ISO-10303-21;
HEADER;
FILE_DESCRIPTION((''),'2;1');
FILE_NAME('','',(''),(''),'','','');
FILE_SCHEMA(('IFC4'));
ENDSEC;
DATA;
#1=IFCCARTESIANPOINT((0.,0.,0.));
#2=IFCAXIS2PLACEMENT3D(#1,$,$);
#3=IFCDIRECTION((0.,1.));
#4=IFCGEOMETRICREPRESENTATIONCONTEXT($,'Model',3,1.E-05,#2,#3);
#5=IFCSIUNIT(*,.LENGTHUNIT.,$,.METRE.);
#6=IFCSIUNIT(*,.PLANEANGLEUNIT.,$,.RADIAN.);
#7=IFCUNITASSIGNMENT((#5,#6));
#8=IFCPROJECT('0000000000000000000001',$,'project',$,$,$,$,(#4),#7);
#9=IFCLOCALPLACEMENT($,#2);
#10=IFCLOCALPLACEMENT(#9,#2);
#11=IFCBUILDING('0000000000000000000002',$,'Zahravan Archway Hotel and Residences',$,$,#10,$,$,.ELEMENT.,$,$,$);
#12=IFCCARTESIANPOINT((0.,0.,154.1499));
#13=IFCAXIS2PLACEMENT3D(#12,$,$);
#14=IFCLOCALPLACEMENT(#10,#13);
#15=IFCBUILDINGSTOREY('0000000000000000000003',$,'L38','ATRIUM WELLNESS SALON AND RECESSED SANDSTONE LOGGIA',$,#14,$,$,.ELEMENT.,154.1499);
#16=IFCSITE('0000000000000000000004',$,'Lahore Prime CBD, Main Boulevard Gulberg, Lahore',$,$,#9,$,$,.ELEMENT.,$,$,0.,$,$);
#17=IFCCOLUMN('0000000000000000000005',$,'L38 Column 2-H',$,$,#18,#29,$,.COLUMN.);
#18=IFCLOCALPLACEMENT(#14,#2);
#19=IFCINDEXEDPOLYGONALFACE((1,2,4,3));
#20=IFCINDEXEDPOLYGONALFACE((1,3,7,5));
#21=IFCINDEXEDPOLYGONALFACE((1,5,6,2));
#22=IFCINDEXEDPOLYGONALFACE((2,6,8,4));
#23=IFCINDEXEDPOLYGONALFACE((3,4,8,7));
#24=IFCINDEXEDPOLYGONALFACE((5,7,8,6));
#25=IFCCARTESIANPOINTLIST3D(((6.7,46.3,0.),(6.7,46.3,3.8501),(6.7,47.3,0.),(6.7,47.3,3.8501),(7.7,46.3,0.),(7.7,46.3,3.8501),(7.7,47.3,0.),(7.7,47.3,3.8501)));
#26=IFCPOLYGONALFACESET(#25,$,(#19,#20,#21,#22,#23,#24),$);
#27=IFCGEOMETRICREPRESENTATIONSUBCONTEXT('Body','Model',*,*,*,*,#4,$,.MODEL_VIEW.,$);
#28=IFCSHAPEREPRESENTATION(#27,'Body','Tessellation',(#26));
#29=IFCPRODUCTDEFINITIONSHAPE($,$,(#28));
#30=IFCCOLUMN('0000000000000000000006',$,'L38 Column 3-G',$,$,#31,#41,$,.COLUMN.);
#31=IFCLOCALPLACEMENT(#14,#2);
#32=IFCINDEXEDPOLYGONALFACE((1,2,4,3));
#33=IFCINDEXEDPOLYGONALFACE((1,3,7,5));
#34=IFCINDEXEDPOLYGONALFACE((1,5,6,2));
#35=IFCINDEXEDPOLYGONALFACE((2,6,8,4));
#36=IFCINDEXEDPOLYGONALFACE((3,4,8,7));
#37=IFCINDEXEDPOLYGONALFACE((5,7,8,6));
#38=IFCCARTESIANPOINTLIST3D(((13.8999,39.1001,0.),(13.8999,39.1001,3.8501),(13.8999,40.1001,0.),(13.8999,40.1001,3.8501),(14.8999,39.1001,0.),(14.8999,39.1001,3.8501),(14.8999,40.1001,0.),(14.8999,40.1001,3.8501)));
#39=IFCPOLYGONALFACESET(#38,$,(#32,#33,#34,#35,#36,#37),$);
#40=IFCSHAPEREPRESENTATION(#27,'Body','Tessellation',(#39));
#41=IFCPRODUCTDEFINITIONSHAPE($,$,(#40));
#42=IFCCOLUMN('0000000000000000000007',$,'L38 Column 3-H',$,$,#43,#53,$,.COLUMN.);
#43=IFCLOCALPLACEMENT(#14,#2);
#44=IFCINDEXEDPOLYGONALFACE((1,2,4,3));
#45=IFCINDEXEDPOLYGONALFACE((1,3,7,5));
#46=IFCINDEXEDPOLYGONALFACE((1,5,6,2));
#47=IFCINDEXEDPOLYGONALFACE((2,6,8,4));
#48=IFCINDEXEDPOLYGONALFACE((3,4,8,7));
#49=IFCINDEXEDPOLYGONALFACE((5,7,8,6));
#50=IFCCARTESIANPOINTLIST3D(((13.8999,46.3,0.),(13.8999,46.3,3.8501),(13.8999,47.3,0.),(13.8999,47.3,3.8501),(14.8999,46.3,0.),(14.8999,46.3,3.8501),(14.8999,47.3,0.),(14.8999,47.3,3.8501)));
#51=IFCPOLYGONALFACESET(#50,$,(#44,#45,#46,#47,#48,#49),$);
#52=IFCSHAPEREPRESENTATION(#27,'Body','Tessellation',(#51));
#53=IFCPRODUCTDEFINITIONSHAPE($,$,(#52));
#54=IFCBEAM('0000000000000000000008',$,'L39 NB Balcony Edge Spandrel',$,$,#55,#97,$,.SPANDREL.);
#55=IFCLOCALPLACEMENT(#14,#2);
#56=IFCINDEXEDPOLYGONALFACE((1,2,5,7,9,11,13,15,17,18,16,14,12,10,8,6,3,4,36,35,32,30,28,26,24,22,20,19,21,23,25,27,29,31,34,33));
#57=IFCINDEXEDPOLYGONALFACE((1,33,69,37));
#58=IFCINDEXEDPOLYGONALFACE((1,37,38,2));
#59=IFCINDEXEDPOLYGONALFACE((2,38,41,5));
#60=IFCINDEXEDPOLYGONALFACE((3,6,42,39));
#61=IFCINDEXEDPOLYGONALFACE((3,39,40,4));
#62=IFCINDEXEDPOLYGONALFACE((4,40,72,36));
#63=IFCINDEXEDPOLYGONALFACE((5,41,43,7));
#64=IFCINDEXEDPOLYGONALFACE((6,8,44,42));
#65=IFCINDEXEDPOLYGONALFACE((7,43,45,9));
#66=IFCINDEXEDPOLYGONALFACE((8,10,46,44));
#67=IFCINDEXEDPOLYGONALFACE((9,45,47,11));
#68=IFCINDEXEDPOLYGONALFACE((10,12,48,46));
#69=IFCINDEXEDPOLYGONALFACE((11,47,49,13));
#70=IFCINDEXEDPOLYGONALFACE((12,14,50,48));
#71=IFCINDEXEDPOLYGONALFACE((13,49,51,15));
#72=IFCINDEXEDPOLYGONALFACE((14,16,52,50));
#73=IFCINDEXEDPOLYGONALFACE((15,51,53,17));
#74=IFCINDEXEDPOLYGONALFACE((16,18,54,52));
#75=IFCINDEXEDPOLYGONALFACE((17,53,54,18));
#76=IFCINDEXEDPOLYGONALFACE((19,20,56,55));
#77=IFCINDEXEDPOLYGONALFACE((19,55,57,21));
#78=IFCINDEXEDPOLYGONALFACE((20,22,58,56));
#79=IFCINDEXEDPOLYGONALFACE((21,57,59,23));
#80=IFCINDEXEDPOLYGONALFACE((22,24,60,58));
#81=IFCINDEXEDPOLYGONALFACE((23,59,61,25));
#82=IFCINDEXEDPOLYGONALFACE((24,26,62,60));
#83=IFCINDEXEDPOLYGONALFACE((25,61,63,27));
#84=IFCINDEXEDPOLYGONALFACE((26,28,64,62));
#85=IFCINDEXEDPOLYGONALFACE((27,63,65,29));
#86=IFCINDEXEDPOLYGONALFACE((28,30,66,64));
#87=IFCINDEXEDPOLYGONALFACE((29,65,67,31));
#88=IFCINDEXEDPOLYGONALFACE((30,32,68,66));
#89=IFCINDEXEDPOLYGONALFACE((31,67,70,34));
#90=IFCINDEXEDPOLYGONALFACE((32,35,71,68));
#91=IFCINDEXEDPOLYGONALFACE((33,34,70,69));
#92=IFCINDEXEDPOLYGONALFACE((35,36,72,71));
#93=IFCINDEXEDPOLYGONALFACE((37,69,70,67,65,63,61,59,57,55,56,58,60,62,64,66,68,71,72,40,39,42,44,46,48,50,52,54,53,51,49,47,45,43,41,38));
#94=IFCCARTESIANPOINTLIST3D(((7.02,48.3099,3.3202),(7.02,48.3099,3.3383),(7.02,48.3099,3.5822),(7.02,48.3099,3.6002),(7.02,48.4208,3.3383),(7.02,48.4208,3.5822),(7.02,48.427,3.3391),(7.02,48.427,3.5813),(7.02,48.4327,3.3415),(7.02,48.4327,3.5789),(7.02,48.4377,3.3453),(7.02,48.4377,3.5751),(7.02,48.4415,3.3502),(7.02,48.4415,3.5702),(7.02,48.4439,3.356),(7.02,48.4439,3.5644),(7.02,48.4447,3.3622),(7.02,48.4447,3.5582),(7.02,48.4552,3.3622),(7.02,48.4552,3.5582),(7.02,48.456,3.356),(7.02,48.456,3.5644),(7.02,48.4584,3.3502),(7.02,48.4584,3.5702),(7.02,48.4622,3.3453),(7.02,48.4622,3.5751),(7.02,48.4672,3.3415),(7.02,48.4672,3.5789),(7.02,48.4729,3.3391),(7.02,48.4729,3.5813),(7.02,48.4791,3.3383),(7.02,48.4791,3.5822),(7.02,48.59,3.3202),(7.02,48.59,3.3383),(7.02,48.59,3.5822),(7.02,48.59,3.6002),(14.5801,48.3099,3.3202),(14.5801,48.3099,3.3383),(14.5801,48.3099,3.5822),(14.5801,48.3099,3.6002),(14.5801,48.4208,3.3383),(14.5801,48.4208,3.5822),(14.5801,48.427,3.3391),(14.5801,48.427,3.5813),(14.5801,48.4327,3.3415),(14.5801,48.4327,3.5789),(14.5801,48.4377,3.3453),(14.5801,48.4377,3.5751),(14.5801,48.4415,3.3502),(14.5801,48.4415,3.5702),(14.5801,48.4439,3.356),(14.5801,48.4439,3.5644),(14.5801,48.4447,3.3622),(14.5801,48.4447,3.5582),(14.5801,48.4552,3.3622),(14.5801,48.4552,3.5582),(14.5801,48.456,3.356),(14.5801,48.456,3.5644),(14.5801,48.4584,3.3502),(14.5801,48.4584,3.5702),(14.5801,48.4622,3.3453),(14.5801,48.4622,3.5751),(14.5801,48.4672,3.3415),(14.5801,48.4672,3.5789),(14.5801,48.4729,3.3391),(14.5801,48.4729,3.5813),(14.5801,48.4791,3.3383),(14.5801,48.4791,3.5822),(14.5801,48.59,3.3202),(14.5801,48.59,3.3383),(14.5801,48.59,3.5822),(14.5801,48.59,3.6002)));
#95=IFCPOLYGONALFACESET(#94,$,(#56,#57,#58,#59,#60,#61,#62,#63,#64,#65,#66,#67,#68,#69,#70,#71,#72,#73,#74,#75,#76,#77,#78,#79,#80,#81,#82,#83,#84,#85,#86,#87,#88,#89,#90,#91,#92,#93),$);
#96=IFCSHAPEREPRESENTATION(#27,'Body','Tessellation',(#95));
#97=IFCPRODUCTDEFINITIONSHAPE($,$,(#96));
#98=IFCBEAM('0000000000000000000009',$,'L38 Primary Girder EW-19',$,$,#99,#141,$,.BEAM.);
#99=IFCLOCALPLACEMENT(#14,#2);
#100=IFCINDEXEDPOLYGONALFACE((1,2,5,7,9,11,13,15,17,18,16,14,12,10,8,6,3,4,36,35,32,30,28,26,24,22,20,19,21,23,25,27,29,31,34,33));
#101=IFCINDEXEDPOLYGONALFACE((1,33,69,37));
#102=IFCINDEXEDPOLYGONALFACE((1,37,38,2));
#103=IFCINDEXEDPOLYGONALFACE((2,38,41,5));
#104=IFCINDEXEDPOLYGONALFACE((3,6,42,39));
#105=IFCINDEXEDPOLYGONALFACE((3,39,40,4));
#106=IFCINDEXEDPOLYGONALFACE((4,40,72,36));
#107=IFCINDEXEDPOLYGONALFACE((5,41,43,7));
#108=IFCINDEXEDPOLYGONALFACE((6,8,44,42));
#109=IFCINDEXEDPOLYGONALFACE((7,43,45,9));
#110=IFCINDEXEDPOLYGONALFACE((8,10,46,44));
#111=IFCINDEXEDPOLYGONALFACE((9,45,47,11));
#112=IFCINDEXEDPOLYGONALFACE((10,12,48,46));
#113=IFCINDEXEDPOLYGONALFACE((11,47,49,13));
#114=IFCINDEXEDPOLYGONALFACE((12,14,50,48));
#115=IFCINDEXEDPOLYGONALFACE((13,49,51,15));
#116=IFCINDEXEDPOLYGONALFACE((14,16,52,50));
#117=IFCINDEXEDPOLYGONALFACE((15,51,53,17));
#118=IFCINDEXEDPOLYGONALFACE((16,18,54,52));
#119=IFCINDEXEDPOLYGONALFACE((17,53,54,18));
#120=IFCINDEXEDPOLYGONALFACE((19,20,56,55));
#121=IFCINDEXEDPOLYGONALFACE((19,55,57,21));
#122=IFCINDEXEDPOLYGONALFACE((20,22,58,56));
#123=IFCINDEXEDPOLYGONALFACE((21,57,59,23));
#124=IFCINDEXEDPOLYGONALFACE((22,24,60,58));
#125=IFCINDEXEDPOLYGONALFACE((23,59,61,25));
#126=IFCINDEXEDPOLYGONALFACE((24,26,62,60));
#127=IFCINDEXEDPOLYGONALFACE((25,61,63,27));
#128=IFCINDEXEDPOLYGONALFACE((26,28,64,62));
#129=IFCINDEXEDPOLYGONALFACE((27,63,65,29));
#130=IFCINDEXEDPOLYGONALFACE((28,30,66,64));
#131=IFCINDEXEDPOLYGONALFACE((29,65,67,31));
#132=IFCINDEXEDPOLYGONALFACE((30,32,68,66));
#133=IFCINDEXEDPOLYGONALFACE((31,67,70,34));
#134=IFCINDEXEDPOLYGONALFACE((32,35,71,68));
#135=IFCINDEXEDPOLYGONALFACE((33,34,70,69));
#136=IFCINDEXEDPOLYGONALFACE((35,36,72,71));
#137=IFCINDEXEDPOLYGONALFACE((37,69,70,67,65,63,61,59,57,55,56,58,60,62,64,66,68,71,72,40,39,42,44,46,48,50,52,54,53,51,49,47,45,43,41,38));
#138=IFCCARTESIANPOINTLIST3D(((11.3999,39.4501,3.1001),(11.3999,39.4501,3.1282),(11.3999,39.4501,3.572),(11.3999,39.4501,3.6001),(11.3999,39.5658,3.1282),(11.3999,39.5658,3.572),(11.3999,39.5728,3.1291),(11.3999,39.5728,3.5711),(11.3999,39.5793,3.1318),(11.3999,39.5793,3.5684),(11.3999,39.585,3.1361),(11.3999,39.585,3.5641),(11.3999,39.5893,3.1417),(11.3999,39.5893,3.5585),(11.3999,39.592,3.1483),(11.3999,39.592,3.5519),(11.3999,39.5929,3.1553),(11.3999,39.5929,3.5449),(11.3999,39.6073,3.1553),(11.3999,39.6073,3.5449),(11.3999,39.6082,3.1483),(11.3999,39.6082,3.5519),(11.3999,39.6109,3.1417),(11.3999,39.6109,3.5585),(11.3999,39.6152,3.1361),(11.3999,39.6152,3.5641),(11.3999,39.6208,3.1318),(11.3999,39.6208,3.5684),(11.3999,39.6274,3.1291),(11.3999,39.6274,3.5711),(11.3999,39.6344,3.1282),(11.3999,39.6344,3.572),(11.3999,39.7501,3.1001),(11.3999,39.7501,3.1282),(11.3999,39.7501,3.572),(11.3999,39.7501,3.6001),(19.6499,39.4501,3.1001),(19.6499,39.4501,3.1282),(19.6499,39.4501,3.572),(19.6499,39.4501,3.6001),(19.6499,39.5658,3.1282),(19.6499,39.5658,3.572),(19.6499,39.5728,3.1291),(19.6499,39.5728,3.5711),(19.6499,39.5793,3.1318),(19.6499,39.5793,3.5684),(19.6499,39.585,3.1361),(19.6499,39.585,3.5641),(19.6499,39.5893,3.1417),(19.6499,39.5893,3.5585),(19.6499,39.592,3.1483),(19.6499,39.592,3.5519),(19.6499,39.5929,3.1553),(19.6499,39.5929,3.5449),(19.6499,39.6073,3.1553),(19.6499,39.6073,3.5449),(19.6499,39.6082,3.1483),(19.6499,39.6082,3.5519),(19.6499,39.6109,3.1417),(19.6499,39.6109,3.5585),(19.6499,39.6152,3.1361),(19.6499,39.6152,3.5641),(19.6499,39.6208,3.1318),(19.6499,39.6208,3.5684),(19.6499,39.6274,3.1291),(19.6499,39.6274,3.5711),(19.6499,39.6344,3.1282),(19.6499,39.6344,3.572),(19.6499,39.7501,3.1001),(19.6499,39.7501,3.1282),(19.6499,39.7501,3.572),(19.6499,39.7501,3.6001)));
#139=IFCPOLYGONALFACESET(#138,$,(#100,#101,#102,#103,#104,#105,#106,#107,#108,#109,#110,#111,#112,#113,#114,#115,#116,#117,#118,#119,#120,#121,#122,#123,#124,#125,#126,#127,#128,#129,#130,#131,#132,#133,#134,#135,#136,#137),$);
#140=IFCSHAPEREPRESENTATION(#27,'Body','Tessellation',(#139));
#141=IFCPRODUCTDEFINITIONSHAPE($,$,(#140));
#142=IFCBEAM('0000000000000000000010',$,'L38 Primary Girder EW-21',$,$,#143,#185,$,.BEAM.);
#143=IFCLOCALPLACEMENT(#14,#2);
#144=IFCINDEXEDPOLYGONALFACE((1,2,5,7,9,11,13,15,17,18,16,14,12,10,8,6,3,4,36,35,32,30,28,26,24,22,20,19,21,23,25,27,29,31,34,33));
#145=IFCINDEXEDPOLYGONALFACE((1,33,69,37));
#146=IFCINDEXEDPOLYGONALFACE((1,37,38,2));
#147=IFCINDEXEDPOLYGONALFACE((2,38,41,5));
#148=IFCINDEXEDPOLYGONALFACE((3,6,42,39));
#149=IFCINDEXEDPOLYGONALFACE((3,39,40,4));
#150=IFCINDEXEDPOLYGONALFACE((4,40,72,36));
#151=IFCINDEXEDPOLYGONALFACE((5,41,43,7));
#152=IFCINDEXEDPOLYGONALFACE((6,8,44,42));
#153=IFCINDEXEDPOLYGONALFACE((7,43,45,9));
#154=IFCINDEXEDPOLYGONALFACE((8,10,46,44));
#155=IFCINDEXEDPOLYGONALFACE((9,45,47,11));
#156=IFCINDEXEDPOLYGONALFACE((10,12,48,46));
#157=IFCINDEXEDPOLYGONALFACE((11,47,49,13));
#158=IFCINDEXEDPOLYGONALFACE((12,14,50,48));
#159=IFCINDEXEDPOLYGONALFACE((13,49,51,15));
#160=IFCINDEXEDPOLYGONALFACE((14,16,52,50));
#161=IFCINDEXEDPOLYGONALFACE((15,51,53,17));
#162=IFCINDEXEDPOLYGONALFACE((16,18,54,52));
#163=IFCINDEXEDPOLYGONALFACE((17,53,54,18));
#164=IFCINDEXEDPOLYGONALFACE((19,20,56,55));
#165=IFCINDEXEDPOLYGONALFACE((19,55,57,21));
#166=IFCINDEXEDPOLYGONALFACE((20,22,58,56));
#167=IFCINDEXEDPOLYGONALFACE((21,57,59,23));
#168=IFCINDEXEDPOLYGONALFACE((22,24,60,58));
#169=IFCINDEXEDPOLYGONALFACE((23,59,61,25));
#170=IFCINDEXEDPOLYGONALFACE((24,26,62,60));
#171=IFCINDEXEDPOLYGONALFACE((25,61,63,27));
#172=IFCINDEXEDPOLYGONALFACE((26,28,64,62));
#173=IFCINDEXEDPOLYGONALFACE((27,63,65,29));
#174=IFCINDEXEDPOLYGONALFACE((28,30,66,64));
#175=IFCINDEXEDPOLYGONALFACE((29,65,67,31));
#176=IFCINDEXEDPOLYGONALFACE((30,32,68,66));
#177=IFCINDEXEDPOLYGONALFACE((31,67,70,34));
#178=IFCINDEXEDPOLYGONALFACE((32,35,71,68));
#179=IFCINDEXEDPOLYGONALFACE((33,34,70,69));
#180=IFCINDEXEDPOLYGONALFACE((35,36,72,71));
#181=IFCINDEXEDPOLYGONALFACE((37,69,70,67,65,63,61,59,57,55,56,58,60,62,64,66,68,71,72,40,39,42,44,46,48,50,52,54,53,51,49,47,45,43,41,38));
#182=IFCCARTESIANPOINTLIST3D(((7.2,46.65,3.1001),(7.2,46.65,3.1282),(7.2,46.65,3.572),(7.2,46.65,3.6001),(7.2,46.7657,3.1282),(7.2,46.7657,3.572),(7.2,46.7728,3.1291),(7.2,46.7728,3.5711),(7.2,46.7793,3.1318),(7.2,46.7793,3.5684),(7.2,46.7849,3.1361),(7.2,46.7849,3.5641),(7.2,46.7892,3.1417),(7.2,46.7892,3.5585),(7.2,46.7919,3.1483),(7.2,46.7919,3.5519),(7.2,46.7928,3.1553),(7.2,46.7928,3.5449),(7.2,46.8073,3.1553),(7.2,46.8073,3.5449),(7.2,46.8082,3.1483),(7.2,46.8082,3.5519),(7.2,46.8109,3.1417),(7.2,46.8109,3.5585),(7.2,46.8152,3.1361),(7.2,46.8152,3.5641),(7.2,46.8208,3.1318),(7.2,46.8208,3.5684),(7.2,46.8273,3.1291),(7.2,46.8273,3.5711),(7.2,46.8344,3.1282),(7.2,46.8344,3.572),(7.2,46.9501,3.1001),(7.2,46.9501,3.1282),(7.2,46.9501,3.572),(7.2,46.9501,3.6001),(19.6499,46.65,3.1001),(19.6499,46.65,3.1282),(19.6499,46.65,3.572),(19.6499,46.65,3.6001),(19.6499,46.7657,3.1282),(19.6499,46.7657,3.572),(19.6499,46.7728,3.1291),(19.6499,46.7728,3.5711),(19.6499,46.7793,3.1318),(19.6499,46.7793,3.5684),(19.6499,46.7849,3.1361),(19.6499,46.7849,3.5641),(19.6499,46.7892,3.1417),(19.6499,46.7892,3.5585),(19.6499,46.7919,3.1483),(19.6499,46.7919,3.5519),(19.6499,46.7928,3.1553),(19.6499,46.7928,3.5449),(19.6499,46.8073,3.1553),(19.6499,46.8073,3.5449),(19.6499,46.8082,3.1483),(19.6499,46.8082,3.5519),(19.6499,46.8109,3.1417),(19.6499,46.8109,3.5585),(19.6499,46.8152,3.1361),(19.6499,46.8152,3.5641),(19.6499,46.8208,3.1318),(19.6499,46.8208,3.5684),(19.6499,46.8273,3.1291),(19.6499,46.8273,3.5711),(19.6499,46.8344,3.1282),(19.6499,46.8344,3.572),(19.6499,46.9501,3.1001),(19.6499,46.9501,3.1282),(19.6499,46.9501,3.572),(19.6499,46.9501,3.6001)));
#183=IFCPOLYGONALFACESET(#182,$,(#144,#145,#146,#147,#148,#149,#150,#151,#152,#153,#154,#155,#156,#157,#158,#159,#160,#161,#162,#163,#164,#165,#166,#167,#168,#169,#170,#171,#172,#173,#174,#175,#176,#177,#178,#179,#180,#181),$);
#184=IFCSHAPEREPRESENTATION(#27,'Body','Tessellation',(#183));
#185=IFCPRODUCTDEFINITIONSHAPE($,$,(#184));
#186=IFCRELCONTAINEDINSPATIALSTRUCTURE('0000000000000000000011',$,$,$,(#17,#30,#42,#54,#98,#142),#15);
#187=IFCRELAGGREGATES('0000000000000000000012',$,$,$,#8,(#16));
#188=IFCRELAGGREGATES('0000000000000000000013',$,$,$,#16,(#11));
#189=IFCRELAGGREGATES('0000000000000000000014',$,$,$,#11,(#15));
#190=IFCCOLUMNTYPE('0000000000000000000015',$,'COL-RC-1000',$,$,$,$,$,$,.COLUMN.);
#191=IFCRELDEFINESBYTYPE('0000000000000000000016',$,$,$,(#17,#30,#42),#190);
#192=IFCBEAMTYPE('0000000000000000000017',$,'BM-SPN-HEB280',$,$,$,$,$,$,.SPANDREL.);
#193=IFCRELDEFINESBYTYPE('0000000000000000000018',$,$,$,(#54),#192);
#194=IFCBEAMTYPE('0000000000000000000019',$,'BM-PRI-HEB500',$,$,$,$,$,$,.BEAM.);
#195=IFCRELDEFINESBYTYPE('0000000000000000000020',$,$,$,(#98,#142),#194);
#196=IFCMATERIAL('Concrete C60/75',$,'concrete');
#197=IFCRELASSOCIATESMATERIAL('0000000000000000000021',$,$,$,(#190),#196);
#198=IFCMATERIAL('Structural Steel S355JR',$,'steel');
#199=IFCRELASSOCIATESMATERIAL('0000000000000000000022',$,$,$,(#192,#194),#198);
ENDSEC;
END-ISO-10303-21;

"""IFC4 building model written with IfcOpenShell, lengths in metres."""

from ifc_helpers import new_model, si_unit, direction, frame, origin, origin_2d, place, context, subcontext, project, spatial, rectangle, i_section, extrude, source, transform, mapped, material, material_profile, profile_set, type_object, type_shapes, element, save


model = new_model("IFC4")

# Units and contexts
model_context = context("Model", 3, precision=1e-05, world=origin(), true_north=direction((0.0, 1.0)))
body_context = subcontext(model_context, "Body", "Model", "MODEL_VIEW")
ifc_project = project(units=[si_unit("LENGTHUNIT", "METRE"), si_unit("PLANEANGLEUNIT", "RADIAN")], contexts=[model_context])

# Site, building, storey
site_placement = place(None, origin())
site = spatial("IfcSite", under=ifc_project, at=site_placement, Name="Lahore Prime CBD, Main Boulevard Gulberg, Lahore", CompositionType="ELEMENT", RefElevation=0.0)
building_placement = place(site_placement, origin())
building = spatial("IfcBuilding", under=site, at=building_placement, Name="Zahravan Archway Hotel and Residences", CompositionType="ELEMENT")
storey_placement = place(building_placement, frame((0.0, 0.0, 154.1499)))
storey = spatial("IfcBuildingStorey", under=building, at=storey_placement, Name="L38", Description="ATRIUM WELLNESS SALON AND RECESSED SANDSTONE LOGGIA", CompositionType="ELEMENT", Elevation=154.1499)

# Columns
ifc_material_1 = material(Name="Concrete C60/75", Category="concrete")
ifc_material_profile_1 = material_profile(ifc_material_1, rectangle(XDim=1.0, YDim=1.0, at=origin_2d()), Name="RC-COL-1000x1000", Category="concrete")
ifc_profile_set_1 = profile_set([ifc_material_profile_1], Name="Concrete C60/75")
column_type = type_object("IfcColumnType", Name="COL-RC-1000", PredefinedType="COLUMN", material=ifc_profile_set_1)
shared_shape_1 = source(origin(), body_context, "Body", "SweptSolid", [
    extrude(rectangle(XDim=1.0, YDim=1.0, at=origin_2d()), origin(), (0.0, 0.0, 1.0), 3.8501),
])
for number, where, z_axis, x_axis, name in (
    (1, (7.2, 46.8, 0.0), (0.0, 0.0, 1.0), (1.0, 0.0, 0.0), "L38 Column 2-H"),
    (2, (14.3999, 39.6001, 0.0), (0.0, 0.0, 1.0), (1.0, 0.0, 0.0), "L38 Column 3-G"),
    (3, (14.3999, 46.8, 0.0), (0.0, 0.0, 1.0), (1.0, 0.0, 0.0), "L38 Column 3-H"),
):
    element("IfcColumn", number, at=place(storey_placement, frame(where, z_axis=z_axis, x_axis=x_axis)), inside=storey, type_object=column_type, Name=name, PredefinedType="COLUMN", context=body_context, shape_type="MappedRepresentation", body=[
        mapped(shared_shape_1, transform((0.0, 0.0, 0.0), scale=1.0)),
    ])

# Beams
ifc_material_2 = material(Name="Structural Steel S355JR", Category="steel")
ifc_material_profile_2 = material_profile(ifc_material_2, i_section(OverallWidth=0.28, OverallDepth=0.28, WebThickness=0.0105, FlangeThickness=0.0181, FilletRadius=0.0239, at=origin_2d()), Name="HEB 280", Category="steel")
ifc_profile_set_2 = profile_set([ifc_material_profile_2], Name="Structural Steel S355JR")
beam_type_1 = type_object("IfcBeamType", Name="BM-SPN-HEB280", PredefinedType="SPANDREL", material=ifc_profile_set_2)
shared_shape_2 = source(origin(), body_context, "Body", "SweptSolid", [
    extrude(i_section(OverallWidth=0.28, OverallDepth=0.28, WebThickness=0.0105, FlangeThickness=0.0181, FilletRadius=0.0239, at=origin_2d()), origin(), (0.0, 0.0, 1.0), 7.5601),
])
type_shapes(beam_type_1, [shared_shape_2])
beam_1_placement = place(storey_placement, frame((7.02, 48.45, 3.4602), z_axis=(1.0, 0.0, 0.0), x_axis=(0.0, 1.0, 0.0)))
element("IfcBeam", 4, at=beam_1_placement, inside=storey, type_object=beam_type_1, Name="L39 NB Balcony Edge Spandrel", PredefinedType="SPANDREL", context=body_context, shape_type="MappedRepresentation", body=[
    mapped(shared_shape_2, transform((0.0, 0.0, 0.0), scale=1.0)),
])
ifc_material_profile_3 = material_profile(ifc_material_2, i_section(OverallWidth=0.3, OverallDepth=0.5, WebThickness=0.0144, FlangeThickness=0.0281, FilletRadius=0.0271, at=origin_2d()), Name="HEB 500", Category="steel")
ifc_profile_set_3 = profile_set([ifc_material_profile_3], Name="Structural Steel S355JR")
beam_type_2 = type_object("IfcBeamType", Name="BM-PRI-HEB500", PredefinedType="BEAM", material=ifc_profile_set_3)
shared_shape_3 = source(origin(), body_context, "Body", "SweptSolid", [
    extrude(i_section(OverallWidth=0.3, OverallDepth=0.5, WebThickness=0.0144, FlangeThickness=0.0281, FilletRadius=0.0271, at=origin_2d()), origin(), (0.0, 0.0, 1.0), 8.25),
])
beam_2_placement = place(storey_placement, frame((11.3999, 39.6001, 3.3501), z_axis=(1.0, 0.0, 0.0), x_axis=(0.0, 1.0, 0.0)))
element("IfcBeam", 5, at=beam_2_placement, inside=storey, type_object=beam_type_2, Name="L38 Primary Girder EW-19", PredefinedType="BEAM", context=body_context, shape_type="MappedRepresentation", body=[
    mapped(shared_shape_3, transform((0.0, 0.0, 0.0), scale=1.0)),
])
shared_shape_4 = source(origin(), body_context, "Body", "SweptSolid", [
    extrude(i_section(OverallWidth=0.3, OverallDepth=0.5, WebThickness=0.0144, FlangeThickness=0.0281, FilletRadius=0.0271, at=origin_2d()), origin(), (0.0, 0.0, 1.0), 12.45),
])
beam_3_placement = place(storey_placement, frame((7.2, 46.8, 3.3501), z_axis=(1.0, 0.0, 0.0), x_axis=(0.0, 1.0, 0.0)))
element("IfcBeam", 6, at=beam_3_placement, inside=storey, type_object=beam_type_2, Name="L38 Primary Girder EW-21", PredefinedType="BEAM", context=body_context, shape_type="MappedRepresentation", body=[
    mapped(shared_shape_4, transform((0.0, 0.0, 0.0), scale=1.0)),
])

save(model, "model.ifc")
